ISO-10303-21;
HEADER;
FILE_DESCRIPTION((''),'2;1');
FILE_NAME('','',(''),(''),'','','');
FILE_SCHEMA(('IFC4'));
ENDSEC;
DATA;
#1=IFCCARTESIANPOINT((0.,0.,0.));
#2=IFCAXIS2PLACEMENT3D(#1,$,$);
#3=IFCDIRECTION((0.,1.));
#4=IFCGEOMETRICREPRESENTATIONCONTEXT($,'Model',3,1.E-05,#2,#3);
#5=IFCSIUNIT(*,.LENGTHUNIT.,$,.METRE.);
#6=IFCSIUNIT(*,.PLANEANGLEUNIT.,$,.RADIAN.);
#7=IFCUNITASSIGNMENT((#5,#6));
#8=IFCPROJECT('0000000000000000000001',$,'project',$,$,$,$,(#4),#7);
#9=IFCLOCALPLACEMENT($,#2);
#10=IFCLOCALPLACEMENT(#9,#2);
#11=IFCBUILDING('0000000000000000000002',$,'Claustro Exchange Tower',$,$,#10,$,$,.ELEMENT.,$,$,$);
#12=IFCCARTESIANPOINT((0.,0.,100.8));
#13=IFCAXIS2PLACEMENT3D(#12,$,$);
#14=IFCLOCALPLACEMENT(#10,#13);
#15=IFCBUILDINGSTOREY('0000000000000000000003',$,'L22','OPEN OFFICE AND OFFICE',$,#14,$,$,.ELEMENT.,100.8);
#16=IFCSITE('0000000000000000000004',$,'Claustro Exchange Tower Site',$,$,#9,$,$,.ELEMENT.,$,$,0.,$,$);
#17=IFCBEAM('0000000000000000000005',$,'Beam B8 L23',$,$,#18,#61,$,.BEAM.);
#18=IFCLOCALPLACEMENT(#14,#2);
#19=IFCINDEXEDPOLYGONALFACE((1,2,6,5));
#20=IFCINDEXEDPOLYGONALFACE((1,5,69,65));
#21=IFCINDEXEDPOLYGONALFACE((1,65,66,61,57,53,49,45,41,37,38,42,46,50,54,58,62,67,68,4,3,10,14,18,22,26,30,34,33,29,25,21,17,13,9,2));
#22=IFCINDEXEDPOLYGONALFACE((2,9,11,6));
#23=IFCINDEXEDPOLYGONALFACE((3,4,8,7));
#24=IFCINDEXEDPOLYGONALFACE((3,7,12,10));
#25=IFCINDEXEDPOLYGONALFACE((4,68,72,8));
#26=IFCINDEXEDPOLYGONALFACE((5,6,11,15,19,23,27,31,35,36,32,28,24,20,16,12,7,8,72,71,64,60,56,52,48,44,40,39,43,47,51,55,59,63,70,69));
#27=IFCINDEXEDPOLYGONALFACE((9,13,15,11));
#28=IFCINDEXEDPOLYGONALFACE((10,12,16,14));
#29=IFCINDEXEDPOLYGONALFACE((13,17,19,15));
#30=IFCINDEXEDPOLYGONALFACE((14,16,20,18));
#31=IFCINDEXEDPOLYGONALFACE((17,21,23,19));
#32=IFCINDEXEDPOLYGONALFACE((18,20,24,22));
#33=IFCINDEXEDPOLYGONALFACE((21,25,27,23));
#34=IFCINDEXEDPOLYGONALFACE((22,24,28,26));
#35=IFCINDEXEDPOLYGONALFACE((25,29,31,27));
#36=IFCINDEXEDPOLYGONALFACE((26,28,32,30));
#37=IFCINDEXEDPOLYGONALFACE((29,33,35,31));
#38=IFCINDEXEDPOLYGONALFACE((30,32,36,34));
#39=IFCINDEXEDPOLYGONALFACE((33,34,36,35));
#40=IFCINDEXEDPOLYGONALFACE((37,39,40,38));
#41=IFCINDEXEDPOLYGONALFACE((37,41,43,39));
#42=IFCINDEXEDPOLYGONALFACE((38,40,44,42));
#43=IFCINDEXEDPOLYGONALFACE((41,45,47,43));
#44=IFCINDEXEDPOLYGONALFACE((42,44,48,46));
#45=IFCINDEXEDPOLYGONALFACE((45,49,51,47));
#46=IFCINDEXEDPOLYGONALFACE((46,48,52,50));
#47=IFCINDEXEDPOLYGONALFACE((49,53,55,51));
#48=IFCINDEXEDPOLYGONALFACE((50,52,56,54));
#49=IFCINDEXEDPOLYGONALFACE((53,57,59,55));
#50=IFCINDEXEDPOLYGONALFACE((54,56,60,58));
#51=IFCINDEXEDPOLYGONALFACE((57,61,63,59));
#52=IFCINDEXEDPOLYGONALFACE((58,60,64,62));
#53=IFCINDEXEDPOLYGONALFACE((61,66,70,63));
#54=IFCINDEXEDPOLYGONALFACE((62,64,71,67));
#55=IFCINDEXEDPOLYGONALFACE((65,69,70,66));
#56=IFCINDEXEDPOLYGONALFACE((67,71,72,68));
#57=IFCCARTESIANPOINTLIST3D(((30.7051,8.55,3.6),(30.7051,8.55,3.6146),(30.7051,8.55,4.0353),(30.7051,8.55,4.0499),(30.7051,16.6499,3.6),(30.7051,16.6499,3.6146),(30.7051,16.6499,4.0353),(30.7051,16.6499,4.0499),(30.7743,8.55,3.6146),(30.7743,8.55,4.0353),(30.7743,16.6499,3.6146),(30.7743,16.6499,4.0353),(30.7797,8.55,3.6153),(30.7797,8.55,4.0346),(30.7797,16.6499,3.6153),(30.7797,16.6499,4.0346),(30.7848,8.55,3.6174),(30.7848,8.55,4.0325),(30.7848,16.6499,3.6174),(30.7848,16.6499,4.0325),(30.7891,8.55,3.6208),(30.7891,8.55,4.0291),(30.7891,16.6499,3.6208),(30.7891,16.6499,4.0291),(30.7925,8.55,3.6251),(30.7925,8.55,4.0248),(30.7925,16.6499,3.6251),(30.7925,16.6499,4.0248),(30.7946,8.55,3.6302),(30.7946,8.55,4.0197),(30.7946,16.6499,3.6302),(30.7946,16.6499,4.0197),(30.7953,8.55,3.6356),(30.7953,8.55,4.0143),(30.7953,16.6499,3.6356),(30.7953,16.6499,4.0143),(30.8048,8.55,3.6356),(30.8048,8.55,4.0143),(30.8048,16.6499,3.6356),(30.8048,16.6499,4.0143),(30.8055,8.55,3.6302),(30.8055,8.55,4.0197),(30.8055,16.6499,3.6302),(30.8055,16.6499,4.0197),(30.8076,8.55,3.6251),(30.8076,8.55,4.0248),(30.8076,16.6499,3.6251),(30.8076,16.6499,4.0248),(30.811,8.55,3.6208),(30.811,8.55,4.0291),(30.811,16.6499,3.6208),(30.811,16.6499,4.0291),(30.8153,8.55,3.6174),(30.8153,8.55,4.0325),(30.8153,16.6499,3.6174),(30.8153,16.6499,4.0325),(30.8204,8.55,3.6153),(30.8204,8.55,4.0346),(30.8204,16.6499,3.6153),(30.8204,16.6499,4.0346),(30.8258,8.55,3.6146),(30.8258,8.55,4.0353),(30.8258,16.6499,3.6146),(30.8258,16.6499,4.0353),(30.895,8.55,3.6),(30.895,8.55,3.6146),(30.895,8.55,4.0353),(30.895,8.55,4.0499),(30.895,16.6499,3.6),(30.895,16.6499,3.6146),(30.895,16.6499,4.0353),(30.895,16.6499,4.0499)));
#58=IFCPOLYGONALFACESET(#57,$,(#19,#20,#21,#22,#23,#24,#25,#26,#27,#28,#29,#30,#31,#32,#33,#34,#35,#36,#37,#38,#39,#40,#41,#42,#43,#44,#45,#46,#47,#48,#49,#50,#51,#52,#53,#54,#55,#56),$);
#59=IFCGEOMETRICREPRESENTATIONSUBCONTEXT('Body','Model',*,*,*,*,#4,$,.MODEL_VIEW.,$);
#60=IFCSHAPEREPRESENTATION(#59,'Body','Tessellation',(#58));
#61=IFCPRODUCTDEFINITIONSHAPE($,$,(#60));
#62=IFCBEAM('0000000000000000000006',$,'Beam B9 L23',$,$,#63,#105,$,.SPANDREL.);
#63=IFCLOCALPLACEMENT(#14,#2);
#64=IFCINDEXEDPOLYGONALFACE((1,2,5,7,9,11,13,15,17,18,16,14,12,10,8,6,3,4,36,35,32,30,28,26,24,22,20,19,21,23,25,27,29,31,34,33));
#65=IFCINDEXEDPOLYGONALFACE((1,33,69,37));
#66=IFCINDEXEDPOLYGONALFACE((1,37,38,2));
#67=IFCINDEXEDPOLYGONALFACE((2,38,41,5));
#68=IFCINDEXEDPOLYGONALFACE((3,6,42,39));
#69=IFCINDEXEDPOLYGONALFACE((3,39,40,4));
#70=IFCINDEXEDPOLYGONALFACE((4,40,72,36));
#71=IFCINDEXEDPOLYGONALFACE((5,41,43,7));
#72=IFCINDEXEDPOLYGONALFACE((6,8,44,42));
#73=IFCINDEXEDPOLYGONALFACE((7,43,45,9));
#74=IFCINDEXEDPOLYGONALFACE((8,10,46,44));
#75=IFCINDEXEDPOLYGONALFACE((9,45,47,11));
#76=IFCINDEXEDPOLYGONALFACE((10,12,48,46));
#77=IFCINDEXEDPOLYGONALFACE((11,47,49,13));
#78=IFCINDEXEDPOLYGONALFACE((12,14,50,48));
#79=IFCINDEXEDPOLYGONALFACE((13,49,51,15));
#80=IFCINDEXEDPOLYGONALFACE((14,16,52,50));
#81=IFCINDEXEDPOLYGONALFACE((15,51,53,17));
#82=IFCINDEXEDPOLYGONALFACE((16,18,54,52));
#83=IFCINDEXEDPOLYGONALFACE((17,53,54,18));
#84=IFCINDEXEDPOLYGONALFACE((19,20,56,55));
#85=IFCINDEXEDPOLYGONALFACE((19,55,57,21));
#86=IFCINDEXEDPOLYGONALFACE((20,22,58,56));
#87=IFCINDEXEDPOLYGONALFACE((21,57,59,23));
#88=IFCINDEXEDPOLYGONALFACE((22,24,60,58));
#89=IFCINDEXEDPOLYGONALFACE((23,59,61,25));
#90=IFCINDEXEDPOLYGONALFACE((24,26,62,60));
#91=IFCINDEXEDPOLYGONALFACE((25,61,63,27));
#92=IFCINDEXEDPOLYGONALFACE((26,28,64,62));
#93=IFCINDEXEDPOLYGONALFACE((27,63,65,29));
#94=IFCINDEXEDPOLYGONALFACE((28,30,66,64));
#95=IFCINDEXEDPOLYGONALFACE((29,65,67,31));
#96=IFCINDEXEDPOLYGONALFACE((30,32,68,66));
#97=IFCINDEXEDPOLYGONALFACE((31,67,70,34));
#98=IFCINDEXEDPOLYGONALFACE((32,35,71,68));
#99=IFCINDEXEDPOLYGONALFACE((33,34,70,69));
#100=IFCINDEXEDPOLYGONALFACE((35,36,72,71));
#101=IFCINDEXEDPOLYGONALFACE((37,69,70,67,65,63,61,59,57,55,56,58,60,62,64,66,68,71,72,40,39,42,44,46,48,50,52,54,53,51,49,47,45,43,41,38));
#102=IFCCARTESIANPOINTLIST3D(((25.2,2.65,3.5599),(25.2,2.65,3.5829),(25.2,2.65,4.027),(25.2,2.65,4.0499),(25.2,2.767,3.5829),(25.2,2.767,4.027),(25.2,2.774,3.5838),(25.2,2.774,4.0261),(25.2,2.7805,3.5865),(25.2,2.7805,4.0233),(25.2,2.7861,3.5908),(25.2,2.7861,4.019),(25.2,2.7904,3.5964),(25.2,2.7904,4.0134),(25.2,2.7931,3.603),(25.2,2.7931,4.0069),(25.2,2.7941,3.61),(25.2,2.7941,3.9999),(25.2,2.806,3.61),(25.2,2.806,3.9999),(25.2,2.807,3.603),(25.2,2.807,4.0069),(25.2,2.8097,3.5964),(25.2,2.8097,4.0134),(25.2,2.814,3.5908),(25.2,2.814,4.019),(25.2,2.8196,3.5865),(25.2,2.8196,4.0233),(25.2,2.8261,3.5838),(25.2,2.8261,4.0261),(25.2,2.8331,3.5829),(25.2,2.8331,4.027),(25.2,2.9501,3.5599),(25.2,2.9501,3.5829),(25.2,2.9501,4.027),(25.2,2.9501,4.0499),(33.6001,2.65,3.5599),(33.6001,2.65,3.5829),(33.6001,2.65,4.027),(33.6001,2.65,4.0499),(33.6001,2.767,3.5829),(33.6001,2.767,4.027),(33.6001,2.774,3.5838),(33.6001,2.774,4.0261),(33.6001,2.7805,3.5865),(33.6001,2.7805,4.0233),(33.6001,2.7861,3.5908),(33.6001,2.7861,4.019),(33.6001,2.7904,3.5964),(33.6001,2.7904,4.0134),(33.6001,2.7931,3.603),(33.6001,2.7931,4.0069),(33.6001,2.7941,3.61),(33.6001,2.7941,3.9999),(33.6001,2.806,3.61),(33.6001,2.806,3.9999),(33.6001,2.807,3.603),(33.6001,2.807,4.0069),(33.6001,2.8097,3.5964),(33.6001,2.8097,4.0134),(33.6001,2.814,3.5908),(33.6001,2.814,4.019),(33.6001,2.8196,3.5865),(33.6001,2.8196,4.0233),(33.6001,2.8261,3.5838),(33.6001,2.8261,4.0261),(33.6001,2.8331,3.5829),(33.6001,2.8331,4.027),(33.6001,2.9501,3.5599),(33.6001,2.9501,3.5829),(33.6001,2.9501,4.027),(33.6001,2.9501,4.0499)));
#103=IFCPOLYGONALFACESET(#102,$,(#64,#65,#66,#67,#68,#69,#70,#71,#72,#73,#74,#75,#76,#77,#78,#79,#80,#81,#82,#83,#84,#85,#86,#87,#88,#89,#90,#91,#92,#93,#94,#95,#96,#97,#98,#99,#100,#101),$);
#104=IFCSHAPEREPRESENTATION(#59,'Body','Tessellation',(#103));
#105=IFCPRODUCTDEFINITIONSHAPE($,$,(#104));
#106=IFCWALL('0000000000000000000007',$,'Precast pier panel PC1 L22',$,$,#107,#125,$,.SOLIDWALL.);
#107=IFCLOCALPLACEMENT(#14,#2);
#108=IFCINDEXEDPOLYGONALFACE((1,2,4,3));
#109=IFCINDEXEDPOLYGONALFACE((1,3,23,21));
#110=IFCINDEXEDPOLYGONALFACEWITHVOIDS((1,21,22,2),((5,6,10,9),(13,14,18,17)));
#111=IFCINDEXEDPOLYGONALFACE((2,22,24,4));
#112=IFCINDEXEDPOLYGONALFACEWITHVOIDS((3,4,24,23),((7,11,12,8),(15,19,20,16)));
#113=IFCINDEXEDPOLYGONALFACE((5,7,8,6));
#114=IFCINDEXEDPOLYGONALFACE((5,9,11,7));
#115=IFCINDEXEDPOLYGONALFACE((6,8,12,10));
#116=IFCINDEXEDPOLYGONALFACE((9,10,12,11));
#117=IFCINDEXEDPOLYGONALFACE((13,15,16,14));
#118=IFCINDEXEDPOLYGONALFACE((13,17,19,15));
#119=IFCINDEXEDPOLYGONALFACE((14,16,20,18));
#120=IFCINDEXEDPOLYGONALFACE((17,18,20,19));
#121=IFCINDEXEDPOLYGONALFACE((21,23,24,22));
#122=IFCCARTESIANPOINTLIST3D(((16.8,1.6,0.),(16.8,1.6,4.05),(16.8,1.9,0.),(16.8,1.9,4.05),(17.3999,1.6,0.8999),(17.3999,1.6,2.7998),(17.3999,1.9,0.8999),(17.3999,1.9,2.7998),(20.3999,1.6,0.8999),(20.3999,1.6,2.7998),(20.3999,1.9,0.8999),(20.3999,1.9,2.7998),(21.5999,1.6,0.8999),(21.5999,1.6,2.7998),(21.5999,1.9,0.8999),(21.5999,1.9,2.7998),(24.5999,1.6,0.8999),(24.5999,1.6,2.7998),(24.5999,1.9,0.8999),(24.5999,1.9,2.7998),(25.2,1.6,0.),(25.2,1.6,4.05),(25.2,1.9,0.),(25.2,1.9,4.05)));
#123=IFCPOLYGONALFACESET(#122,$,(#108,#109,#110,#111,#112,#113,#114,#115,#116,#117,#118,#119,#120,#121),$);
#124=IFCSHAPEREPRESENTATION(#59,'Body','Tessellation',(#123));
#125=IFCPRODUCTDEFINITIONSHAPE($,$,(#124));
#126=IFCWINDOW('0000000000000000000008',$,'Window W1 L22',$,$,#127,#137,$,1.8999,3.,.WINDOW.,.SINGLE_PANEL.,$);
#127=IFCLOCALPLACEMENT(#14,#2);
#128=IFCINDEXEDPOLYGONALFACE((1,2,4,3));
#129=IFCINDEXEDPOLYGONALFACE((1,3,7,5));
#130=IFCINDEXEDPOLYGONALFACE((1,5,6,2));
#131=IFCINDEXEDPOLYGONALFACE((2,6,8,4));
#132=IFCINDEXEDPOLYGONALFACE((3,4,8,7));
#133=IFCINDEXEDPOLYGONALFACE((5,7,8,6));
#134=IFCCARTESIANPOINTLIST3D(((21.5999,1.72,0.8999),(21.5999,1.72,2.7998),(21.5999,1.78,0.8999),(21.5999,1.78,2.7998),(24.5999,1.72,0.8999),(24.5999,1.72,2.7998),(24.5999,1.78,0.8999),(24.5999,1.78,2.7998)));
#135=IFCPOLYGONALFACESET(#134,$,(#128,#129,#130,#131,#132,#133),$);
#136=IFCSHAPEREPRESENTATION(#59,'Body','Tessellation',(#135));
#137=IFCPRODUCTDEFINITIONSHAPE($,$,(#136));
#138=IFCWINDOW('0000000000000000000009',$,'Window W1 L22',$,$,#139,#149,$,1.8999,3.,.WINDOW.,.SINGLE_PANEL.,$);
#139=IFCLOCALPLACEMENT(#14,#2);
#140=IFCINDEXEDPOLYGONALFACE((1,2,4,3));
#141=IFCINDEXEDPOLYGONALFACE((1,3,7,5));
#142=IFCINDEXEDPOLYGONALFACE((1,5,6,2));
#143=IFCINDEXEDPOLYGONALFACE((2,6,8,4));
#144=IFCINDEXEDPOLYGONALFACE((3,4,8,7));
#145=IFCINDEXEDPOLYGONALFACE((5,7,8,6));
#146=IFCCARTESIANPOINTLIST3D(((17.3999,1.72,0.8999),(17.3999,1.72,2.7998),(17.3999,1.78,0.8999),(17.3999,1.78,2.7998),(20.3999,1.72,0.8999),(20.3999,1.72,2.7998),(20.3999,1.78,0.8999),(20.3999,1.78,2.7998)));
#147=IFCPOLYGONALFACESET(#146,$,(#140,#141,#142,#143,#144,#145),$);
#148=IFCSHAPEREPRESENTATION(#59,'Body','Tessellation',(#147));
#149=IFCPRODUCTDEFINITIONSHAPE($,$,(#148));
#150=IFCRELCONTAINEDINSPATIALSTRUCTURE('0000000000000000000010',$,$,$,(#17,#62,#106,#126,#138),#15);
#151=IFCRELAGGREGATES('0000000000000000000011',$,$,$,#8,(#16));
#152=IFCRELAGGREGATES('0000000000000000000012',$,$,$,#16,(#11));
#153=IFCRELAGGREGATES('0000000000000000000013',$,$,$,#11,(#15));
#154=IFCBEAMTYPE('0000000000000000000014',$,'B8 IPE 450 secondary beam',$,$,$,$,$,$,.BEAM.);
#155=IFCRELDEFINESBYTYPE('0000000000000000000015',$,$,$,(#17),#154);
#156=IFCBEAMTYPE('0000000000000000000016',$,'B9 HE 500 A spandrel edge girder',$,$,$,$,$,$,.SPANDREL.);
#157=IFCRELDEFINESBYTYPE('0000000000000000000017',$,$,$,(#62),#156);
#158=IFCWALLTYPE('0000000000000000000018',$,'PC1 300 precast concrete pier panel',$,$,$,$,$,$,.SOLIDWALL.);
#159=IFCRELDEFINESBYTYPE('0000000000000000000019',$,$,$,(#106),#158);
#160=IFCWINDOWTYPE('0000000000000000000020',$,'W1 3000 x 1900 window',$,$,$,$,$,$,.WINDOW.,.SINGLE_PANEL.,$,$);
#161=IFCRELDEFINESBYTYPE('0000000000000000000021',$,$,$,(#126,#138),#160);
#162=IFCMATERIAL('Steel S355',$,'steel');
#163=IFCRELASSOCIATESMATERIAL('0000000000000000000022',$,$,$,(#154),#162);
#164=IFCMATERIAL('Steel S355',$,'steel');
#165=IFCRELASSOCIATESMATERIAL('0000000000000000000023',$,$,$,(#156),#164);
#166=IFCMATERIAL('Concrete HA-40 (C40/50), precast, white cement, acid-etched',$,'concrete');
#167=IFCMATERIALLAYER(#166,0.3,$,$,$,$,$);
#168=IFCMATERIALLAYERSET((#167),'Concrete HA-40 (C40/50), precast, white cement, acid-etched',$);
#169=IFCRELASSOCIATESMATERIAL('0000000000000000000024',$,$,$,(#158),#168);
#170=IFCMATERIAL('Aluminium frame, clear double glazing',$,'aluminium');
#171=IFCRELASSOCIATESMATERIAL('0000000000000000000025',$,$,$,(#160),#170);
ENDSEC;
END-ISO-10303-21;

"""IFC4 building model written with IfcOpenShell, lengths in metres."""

from ifc_helpers import new_model, si_unit, direction, frame, frame_2d, origin, origin_2d, place, context, subcontext, project, spatial, rectangle, i_section, extrude, material, layer, layer_set, material_profile, profile_set, type_object, element, fill, save


model = new_model("IFC4")

# Units and contexts
model_context = context("Model", 3, precision=1e-05, world=origin(), true_north=direction((0.0, 1.0)))
body_context = subcontext(model_context, "Body", "Model", "MODEL_VIEW")
ifc_project = project(units=[si_unit("LENGTHUNIT", "METRE"), si_unit("PLANEANGLEUNIT", "RADIAN")], contexts=[model_context])

# Site, building, storey
site_placement = place(None, origin())
site = spatial("IfcSite", under=ifc_project, at=site_placement, Name="Claustro Exchange Tower Site", CompositionType="ELEMENT", RefElevation=0.0)
building_placement = place(site_placement, origin())
building = spatial("IfcBuilding", under=site, at=building_placement, Name="Claustro Exchange Tower", CompositionType="ELEMENT")
storey_placement = place(building_placement, frame((0.0, 0.0, 100.8)))
storey = spatial("IfcBuildingStorey", under=building, at=storey_placement, Name="L22", Description="OPEN OFFICE AND OFFICE", CompositionType="ELEMENT", Elevation=100.8)

# Beams
ifc_material_1 = material(Name="Steel S355", Category="steel")
ifc_material_profile_1 = material_profile(ifc_material_1, i_section(OverallWidth=0.1899, OverallDepth=0.45, WebThickness=0.0095, FlangeThickness=0.0146, FilletRadius=0.021, at=origin_2d()), Name="IPE 450")
ifc_profile_set_1 = profile_set([ifc_material_profile_1], Name="Steel S355")
beam_type_1 = type_object("IfcBeamType", Name="B8 IPE 450 secondary beam", PredefinedType="BEAM", material=ifc_profile_set_1)
for number, where, z_axis, x_axis, name in (
    (1, (30.8, 8.55, 3.825), (0.0, 1.0, 0.0), (-1.0, 0.0, 0.0), "Beam B8 L23"),
):
    element("IfcBeam", number, at=place(storey_placement, frame(where, z_axis=z_axis, x_axis=x_axis)), inside=storey, type_object=beam_type_1, Name=name, PredefinedType="BEAM", context=body_context, shape_type="SweptSolid", body=[
        extrude(i_section(OverallWidth=0.1899, OverallDepth=0.45, WebThickness=0.0095, FlangeThickness=0.0146, FilletRadius=0.021, at=origin_2d()), origin(), (0.0, 0.0, 1.0), 8.0999),
    ])
ifc_material_2 = material(Name="Steel S355", Category="steel")
ifc_material_profile_2 = material_profile(ifc_material_2, i_section(OverallWidth=0.3, OverallDepth=0.49, WebThickness=0.012, FlangeThickness=0.0229, FilletRadius=0.0271, at=origin_2d()), Name="HE 500 A")
ifc_profile_set_2 = profile_set([ifc_material_profile_2], Name="Steel S355")
beam_type_2 = type_object("IfcBeamType", Name="B9 HE 500 A spandrel edge girder", PredefinedType="SPANDREL", material=ifc_profile_set_2)
beam_1_placement = place(storey_placement, frame((25.2, 2.8, 3.8049), z_axis=(1.0, 0.0, 0.0), x_axis=(0.0, 1.0, 0.0)))
element("IfcBeam", 2, at=beam_1_placement, inside=storey, type_object=beam_type_2, Name="Beam B9 L23", PredefinedType="SPANDREL", context=body_context, shape_type="SweptSolid", body=[
    extrude(i_section(OverallWidth=0.3, OverallDepth=0.49, WebThickness=0.012, FlangeThickness=0.0229, FilletRadius=0.0271, at=origin_2d()), origin(), (0.0, 0.0, 1.0), 8.4001),
])

# Wall, openings, windows
ifc_material_3 = material(Name="Concrete HA-40 (C40/50), precast, white cement, acid-etched", Category="concrete")
ifc_layer_1 = layer(ifc_material_3, 0.3)
ifc_layer_set_1 = layer_set([ifc_layer_1], Name="Concrete HA-40 (C40/50), precast, white cement, acid-etched")
wall_type = type_object("IfcWallType", Name="PC1 300 precast concrete pier panel", PredefinedType="SOLIDWALL", material=ifc_layer_set_1)
wall_1_placement = place(storey_placement, frame((25.2, 1.75, 0.0), z_axis=(0.0, 0.0, 1.0), x_axis=(-1.0, 0.0, 0.0)))
wall_1 = element("IfcWall", 3, at=wall_1_placement, inside=storey, type_object=wall_type, Name="Precast pier panel PC1 L22", PredefinedType="SOLIDWALL", context=body_context, shape_type="SweptSolid", body=[
    extrude(rectangle(XDim=8.3999, YDim=0.3, at=frame_2d((4.2, 0.0))), origin(), (0.0, 0.0, 1.0), 4.05),
])
opening_1_placement = place(wall_1_placement, frame((0.6001, 0.0, 0.8999)))
opening_1 = element("IfcOpeningElement", 4, at=opening_1_placement, cuts=wall_1, PredefinedType="OPENING", context=body_context, shape_type="SweptSolid", body=[
    extrude(rectangle(XDim=3.0, YDim=1.8999, at=frame_2d((1.5, 0.95))), frame((0.0, 0.1599, 0.0), z_axis=(0.0, -1.0, 0.0), x_axis=(1.0, 0.0, 0.0)), (0.0, 0.0, 1.0), 0.3201),
])
opening_2_placement = place(wall_1_placement, frame((4.8, 0.0, 0.8999)))
opening_2 = element("IfcOpeningElement", 5, at=opening_2_placement, cuts=wall_1, PredefinedType="OPENING", context=body_context, shape_type="SweptSolid", body=[
    extrude(rectangle(XDim=3.0, YDim=1.8999, at=frame_2d((1.5, 0.95))), frame((0.0, 0.1599, 0.0), z_axis=(0.0, -1.0, 0.0), x_axis=(1.0, 0.0, 0.0)), (0.0, 0.0, 1.0), 0.3201),
])
ifc_material_4 = material(Name="Aluminium frame, clear double glazing", Category="aluminium")
window_type_1 = type_object("IfcWindowType", Name="W1 3000 x 1900 window", PartitioningType="SINGLE_PANEL", PredefinedType="WINDOW", material=ifc_material_4)
window_1_placement = place(opening_1_placement, origin())
window_1 = element("IfcWindow", 6, at=window_1_placement, inside=storey, type_object=window_type_1, Name="Window W1 L22", OverallHeight=1.8999, OverallWidth=3.0, PartitioningType="SINGLE_PANEL", PredefinedType="WINDOW", context=body_context, shape_type="SweptSolid", body=[
    extrude(rectangle(XDim=3.0, YDim=1.8999, at=frame_2d((1.5, 0.95))), frame((0.0, 0.03, 0.0), z_axis=(0.0, -1.0, 0.0), x_axis=(1.0, 0.0, 0.0)), (0.0, 0.0, 1.0), 0.0601),
])
fill(opening_1, window_1)
window_2_placement = place(opening_2_placement, origin())
window_2 = element("IfcWindow", 7, at=window_2_placement, inside=storey, type_object=window_type_1, Name="Window W1 L22", OverallHeight=1.8999, OverallWidth=3.0, PartitioningType="SINGLE_PANEL", PredefinedType="WINDOW", context=body_context, shape_type="SweptSolid", body=[
    extrude(rectangle(XDim=3.0, YDim=1.8999, at=frame_2d((1.5, 0.95))), frame((0.0, 0.03, 0.0), z_axis=(0.0, -1.0, 0.0), x_axis=(1.0, 0.0, 0.0)), (0.0, 0.0, 1.0), 0.0601),
])
fill(opening_2, window_2)

save(model, "model.ifc")
